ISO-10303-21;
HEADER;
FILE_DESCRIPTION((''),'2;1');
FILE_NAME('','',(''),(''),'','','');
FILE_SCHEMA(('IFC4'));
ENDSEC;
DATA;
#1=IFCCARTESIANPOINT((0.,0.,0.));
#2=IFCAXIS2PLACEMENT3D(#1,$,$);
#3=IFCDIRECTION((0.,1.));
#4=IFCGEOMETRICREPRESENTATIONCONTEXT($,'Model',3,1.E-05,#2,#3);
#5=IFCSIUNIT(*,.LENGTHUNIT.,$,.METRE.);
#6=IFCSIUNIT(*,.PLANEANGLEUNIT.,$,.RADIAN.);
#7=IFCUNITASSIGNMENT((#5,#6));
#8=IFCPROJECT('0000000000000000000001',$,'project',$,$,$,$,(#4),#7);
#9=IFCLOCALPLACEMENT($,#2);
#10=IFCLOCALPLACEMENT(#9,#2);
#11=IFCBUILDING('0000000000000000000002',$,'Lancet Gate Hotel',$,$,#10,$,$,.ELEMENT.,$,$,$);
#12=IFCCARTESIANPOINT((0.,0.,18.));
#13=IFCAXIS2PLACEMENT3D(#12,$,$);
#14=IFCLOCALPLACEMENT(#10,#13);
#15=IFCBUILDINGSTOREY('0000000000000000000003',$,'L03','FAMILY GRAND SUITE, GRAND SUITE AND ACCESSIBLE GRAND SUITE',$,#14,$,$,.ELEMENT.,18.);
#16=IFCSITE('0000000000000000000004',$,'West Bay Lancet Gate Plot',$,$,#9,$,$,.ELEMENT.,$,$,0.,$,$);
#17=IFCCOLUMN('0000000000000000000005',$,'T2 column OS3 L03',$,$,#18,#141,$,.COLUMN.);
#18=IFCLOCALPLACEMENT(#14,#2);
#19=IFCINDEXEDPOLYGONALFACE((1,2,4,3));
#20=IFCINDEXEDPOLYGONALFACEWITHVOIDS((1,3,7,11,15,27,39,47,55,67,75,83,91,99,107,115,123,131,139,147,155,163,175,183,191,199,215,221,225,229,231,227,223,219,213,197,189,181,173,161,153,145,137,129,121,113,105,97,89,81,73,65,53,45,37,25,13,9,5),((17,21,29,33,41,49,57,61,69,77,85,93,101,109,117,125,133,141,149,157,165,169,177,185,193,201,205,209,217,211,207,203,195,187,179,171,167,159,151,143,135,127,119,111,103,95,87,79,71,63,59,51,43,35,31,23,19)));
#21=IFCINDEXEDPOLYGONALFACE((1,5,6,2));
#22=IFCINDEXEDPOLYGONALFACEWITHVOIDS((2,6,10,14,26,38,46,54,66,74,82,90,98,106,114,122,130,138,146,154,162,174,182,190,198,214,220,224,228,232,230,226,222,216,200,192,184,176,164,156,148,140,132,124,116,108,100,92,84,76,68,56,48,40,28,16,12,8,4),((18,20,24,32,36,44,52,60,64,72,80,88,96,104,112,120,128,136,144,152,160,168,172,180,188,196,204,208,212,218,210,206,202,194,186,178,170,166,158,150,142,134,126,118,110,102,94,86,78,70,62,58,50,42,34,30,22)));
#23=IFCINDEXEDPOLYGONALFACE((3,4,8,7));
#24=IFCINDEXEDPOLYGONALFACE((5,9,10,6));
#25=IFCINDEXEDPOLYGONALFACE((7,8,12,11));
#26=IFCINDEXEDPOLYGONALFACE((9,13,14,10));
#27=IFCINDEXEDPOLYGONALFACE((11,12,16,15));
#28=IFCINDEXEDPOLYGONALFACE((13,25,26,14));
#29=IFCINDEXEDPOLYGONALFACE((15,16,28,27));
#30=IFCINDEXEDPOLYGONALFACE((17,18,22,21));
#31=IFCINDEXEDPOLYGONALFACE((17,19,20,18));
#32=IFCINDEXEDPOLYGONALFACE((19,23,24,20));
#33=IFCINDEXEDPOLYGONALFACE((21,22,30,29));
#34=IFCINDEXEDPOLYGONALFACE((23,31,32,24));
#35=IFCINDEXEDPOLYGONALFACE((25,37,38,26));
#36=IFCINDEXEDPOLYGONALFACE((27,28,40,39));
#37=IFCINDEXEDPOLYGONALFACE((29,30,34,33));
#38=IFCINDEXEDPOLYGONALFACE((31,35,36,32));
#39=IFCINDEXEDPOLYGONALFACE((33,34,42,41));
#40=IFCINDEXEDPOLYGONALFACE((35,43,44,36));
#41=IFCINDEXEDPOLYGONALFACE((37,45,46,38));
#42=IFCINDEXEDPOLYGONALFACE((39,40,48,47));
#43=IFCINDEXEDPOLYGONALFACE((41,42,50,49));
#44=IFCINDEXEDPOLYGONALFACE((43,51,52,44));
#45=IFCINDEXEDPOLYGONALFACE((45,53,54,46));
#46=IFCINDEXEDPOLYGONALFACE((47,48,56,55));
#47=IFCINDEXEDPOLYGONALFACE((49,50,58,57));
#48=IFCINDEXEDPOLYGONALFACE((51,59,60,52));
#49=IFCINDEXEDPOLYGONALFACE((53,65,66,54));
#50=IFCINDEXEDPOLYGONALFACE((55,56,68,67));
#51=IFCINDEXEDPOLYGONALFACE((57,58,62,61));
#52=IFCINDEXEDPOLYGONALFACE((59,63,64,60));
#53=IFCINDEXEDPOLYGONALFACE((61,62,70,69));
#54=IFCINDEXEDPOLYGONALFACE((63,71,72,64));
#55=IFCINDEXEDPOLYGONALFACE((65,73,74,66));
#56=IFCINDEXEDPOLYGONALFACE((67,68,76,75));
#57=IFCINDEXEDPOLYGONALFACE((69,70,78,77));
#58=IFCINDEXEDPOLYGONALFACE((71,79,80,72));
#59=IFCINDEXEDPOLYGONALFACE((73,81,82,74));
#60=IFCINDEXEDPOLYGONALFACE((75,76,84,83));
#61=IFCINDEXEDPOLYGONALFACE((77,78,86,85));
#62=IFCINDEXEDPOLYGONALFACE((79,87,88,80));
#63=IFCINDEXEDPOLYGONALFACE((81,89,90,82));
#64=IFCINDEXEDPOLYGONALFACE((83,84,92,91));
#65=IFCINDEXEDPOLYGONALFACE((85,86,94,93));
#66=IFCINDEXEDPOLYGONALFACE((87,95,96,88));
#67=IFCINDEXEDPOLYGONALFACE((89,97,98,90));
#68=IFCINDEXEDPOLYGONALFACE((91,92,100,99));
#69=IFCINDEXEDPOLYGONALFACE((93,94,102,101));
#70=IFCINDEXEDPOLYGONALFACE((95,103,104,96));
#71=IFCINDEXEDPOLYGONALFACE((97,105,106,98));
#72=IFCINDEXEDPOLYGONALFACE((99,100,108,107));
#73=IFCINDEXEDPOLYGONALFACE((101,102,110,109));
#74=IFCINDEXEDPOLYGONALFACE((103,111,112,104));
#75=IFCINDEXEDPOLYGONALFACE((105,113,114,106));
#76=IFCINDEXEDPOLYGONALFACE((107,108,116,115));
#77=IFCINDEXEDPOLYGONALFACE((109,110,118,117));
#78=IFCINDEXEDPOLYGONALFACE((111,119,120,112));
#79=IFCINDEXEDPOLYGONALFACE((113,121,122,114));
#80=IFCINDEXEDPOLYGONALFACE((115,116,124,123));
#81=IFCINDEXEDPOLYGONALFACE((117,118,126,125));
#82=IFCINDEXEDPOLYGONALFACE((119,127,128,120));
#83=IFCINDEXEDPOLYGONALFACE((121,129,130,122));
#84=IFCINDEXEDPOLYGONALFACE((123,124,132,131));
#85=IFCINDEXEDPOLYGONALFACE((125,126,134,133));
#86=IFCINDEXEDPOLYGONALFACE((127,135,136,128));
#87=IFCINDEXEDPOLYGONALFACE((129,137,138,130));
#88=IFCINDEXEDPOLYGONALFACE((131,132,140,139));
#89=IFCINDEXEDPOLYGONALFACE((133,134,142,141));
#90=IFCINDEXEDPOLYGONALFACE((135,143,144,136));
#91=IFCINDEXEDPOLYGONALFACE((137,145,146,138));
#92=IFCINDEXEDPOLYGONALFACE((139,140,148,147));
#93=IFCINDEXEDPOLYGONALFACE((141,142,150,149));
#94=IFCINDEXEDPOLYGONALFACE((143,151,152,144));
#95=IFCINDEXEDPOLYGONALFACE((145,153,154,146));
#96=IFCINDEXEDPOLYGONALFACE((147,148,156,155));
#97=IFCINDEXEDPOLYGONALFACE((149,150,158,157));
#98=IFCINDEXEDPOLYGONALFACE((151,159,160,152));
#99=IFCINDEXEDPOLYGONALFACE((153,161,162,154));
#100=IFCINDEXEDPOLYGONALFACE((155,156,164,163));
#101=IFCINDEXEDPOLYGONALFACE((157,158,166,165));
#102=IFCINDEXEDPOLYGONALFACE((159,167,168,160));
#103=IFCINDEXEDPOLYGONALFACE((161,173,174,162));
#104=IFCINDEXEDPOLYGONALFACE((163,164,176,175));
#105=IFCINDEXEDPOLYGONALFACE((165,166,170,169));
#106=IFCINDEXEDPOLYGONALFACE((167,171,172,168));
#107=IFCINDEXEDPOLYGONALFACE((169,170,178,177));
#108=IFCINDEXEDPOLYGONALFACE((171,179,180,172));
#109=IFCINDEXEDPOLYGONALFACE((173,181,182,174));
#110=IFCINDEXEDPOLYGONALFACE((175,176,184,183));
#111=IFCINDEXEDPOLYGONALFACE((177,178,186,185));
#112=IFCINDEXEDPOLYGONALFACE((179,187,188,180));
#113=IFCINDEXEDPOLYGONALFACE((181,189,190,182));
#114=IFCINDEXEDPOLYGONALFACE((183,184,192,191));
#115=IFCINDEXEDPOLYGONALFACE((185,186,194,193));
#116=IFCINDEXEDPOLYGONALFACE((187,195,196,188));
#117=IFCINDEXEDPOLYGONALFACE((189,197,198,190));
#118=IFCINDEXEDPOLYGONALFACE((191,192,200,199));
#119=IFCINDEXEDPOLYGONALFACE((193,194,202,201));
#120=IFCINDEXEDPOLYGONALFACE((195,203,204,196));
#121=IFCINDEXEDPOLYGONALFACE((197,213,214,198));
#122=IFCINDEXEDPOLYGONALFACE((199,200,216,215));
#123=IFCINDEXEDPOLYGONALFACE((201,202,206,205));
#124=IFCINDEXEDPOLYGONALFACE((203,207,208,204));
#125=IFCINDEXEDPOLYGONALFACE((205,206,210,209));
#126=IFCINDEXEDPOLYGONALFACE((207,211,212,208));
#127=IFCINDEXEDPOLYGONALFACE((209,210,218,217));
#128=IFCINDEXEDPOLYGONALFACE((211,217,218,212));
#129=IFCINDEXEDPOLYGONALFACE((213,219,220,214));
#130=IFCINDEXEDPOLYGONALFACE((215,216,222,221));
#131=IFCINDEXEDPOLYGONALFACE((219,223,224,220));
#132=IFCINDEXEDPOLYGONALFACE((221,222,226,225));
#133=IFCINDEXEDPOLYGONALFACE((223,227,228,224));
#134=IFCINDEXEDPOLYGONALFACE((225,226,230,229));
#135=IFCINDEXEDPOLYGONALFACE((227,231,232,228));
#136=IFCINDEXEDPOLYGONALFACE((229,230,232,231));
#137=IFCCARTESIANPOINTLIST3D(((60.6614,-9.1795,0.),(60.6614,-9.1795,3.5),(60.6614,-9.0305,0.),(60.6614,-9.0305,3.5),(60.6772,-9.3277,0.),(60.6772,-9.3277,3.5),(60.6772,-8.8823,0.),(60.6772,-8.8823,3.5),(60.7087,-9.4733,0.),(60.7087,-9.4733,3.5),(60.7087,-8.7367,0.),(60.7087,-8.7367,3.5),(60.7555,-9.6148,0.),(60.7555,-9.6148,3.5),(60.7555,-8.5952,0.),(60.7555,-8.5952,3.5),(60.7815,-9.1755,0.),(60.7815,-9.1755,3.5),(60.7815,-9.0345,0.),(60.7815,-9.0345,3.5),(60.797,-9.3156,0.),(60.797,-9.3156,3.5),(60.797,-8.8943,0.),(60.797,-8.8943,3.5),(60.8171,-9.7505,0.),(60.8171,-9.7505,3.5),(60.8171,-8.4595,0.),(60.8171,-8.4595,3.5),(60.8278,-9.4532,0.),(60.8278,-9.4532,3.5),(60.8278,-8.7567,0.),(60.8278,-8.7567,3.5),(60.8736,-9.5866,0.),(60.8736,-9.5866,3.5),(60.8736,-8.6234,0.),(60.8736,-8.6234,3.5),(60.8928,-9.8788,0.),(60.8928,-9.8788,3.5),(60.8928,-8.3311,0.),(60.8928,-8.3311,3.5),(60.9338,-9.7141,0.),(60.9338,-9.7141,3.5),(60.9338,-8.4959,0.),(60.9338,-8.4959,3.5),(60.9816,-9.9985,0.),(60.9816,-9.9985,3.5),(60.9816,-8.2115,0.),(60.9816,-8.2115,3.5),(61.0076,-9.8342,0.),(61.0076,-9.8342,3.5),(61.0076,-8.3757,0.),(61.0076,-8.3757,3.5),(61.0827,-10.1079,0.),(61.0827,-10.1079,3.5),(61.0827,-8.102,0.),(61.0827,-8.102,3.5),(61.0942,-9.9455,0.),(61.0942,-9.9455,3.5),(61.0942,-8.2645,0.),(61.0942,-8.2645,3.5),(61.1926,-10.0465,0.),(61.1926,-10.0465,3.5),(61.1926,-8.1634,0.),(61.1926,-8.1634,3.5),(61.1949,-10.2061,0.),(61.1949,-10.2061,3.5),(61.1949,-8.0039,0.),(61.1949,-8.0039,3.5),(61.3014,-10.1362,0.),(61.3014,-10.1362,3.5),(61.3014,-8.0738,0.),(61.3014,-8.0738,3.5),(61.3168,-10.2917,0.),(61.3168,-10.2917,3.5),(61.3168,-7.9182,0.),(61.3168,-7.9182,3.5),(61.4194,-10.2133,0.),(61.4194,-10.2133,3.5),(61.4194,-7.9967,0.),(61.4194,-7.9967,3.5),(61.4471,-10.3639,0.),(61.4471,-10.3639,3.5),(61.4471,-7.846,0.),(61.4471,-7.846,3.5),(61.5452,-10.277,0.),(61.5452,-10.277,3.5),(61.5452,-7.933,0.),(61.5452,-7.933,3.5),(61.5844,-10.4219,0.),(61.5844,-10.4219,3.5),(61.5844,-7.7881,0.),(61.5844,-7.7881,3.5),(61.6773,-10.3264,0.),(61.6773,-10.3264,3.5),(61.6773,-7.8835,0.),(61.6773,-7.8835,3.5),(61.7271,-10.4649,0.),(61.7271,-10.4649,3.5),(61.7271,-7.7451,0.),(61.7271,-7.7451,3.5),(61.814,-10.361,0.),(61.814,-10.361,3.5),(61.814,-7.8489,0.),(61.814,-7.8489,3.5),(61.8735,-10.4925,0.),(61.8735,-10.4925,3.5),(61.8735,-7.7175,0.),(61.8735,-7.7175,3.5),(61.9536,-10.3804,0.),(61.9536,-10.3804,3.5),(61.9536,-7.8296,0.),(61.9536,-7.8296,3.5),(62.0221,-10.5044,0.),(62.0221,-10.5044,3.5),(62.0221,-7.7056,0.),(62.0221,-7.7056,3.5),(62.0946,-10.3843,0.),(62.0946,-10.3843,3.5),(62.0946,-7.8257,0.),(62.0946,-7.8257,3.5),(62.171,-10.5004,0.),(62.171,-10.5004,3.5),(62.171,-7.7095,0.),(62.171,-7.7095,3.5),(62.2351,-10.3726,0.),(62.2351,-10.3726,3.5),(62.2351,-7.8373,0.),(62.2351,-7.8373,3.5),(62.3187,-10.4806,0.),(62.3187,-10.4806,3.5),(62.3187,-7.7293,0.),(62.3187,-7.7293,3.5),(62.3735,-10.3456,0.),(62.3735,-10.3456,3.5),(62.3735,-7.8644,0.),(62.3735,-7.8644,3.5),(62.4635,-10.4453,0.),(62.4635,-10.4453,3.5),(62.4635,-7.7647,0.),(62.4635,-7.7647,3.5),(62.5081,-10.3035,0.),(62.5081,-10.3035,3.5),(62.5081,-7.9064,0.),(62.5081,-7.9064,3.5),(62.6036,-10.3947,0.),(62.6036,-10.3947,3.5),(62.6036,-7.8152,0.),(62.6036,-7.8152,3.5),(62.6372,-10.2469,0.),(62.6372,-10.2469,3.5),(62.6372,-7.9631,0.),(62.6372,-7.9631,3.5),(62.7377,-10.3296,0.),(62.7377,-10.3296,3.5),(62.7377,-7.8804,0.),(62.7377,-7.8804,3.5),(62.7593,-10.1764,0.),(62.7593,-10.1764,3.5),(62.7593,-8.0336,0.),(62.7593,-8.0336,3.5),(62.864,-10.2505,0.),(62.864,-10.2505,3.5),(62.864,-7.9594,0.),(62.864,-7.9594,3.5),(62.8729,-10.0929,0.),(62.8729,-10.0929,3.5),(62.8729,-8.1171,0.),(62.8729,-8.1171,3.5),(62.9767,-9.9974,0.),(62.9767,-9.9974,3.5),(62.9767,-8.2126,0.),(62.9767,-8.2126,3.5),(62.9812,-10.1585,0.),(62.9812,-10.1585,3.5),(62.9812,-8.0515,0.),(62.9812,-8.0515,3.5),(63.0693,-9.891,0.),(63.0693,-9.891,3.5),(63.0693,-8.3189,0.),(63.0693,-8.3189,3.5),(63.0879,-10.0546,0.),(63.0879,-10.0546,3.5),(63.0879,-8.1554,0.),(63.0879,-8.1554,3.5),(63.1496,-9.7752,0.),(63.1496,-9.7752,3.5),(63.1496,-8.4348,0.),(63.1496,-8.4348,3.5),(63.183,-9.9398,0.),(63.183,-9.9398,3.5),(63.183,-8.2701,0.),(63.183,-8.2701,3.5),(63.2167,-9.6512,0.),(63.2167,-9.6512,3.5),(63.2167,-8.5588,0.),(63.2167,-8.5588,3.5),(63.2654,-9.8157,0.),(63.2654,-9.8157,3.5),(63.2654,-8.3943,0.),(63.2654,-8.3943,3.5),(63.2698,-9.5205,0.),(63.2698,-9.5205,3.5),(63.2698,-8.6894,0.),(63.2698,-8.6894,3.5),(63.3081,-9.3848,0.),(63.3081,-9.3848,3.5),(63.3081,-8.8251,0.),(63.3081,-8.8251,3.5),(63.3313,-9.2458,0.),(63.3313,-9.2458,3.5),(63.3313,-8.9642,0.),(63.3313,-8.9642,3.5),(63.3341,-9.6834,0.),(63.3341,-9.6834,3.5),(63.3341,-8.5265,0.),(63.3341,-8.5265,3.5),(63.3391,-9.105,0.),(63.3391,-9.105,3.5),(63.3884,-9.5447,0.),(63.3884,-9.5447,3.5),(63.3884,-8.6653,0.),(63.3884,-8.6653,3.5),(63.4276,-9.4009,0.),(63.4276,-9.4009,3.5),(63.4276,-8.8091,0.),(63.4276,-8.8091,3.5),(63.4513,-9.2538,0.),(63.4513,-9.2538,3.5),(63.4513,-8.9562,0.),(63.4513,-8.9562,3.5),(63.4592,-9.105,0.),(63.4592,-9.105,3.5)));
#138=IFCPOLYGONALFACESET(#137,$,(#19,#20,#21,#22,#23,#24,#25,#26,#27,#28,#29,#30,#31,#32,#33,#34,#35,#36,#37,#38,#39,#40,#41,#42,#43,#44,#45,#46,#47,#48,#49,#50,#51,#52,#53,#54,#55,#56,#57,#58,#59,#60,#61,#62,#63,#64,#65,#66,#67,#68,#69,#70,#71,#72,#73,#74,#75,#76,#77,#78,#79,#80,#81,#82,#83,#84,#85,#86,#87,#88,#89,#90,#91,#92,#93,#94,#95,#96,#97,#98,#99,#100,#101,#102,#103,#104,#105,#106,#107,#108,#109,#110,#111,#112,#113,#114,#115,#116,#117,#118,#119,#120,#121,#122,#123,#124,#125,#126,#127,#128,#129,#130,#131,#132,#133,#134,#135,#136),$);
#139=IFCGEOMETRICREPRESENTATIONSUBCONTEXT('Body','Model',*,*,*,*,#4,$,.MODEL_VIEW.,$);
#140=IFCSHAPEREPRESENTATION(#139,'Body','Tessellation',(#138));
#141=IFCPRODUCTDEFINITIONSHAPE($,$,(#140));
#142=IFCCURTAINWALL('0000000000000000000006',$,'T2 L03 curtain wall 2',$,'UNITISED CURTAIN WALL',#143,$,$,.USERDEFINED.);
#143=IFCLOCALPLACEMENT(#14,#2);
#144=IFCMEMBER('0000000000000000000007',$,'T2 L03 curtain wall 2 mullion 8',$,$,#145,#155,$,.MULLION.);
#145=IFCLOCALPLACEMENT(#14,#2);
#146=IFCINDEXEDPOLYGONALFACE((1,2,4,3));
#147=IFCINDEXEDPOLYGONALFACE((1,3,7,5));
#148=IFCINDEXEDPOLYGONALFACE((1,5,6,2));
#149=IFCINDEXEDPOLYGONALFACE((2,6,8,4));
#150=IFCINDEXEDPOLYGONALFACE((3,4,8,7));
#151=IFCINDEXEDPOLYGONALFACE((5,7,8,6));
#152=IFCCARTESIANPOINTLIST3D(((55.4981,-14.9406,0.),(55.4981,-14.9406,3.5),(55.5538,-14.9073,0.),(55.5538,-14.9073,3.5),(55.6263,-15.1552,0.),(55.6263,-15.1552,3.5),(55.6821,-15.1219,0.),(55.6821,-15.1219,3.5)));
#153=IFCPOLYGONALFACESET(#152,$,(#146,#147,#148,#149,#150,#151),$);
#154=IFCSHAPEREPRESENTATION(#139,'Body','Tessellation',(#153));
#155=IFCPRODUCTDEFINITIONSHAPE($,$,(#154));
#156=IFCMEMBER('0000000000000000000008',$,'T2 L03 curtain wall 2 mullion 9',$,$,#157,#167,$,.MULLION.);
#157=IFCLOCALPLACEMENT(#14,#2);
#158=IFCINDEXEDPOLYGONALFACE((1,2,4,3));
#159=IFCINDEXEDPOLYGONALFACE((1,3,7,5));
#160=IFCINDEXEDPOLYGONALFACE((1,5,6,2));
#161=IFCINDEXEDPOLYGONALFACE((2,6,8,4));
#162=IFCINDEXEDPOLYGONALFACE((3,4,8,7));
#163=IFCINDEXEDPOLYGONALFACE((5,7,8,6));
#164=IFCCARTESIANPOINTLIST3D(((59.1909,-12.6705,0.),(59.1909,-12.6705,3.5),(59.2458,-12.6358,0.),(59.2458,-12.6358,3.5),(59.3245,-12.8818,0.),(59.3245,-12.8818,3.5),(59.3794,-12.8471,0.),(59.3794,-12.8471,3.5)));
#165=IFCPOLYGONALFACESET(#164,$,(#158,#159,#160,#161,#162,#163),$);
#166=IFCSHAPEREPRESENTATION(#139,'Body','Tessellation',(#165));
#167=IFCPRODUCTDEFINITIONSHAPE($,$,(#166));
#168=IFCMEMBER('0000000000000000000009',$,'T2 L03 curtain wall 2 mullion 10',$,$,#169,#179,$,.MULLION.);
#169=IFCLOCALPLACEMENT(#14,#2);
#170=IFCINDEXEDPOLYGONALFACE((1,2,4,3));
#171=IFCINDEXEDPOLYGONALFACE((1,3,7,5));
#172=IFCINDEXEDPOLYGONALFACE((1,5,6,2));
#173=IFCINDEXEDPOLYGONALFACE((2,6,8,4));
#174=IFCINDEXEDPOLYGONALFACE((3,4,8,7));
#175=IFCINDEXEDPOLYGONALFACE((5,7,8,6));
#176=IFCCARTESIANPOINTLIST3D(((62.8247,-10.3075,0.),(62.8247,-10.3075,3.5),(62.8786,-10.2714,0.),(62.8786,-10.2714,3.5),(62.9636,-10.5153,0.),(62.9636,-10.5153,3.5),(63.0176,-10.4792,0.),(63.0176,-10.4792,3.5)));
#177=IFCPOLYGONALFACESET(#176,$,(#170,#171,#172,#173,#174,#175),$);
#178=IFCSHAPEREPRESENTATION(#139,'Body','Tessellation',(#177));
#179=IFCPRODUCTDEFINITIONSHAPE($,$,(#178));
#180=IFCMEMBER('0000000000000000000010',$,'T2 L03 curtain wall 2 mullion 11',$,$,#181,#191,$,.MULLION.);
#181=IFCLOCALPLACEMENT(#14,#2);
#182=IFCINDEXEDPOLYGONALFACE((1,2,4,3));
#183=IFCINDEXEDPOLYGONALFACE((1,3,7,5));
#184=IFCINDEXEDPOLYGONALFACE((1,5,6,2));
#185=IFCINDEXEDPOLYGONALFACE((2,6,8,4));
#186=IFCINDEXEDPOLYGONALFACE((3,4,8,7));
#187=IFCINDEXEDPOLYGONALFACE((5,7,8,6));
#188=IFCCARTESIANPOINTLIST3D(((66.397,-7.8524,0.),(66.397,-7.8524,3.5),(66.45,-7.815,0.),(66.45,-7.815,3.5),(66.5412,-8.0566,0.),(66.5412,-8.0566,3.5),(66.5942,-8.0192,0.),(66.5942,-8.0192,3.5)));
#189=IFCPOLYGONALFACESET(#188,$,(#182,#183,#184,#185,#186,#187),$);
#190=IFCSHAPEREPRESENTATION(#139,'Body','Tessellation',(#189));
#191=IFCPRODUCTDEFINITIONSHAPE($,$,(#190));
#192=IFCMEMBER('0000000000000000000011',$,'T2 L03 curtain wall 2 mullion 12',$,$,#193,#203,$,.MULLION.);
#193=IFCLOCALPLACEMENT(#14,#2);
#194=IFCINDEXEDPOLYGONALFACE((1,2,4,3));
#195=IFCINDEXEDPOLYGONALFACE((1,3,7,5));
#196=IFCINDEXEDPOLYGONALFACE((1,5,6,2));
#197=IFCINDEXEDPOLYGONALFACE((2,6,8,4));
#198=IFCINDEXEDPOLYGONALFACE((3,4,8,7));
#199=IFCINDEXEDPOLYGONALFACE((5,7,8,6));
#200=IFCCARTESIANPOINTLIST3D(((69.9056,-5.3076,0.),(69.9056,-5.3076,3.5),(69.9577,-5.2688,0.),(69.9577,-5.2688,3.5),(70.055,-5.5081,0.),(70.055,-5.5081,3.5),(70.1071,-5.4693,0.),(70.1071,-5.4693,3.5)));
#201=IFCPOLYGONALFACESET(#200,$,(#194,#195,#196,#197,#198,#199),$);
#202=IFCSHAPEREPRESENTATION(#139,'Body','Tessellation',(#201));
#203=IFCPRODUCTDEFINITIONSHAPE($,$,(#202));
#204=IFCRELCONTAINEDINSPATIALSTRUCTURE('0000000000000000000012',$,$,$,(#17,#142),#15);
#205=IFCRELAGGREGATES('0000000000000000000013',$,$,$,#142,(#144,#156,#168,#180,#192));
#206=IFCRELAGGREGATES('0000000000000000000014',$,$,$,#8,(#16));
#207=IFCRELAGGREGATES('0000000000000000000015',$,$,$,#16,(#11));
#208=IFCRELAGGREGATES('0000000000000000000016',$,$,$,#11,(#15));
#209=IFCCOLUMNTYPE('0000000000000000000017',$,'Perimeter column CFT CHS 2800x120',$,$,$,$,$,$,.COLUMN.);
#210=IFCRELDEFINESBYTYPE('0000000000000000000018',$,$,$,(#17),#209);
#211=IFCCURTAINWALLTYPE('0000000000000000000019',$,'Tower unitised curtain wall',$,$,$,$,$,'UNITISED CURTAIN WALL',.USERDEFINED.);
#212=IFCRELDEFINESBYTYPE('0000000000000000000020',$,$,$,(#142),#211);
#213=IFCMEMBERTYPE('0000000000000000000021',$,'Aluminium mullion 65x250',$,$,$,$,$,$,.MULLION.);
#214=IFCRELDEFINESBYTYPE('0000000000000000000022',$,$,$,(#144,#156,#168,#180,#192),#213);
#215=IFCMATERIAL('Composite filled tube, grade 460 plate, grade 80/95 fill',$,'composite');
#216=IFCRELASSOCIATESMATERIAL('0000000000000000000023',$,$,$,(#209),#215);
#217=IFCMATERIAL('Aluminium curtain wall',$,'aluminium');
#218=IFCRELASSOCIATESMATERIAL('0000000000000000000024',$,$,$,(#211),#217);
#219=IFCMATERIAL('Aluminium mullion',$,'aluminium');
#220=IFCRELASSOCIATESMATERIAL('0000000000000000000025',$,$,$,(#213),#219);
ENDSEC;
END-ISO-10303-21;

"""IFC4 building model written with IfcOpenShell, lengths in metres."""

from ifc_helpers import new_model, si_unit, direction, frame, origin, origin_2d, place, context, subcontext, project, spatial, rectangle, hollow_circle, extrude, material, material_profile, profile_set, type_object, element, aggregate, save


model = new_model("IFC4")

# Units and contexts
model_context = context("Model", 3, precision=1e-05, world=origin(), true_north=direction((0.0, 1.0)))
body_context = subcontext(model_context, "Body", "Model", "MODEL_VIEW")
ifc_project = project(units=[si_unit("LENGTHUNIT", "METRE"), si_unit("PLANEANGLEUNIT", "RADIAN")], contexts=[model_context])

# Site, building, storey
site_placement = place(None, origin())
site = spatial("IfcSite", under=ifc_project, at=site_placement, Name="West Bay Lancet Gate Plot", CompositionType="ELEMENT", RefElevation=0.0)
building_placement = place(site_placement, origin())
building = spatial("IfcBuilding", under=site, at=building_placement, Name="Lancet Gate Hotel", CompositionType="ELEMENT")
storey_placement = place(building_placement, frame((0.0, 0.0, 18.0)))
storey = spatial("IfcBuildingStorey", under=building, at=storey_placement, Name="L03", Description="FAMILY GRAND SUITE, GRAND SUITE AND ACCESSIBLE GRAND SUITE", CompositionType="ELEMENT", Elevation=18.0)

# Column
ifc_material_1 = material(Name="Composite filled tube, grade 460 plate, grade 80/95 fill", Category="composite")
ifc_material_profile_1 = material_profile(ifc_material_1, hollow_circle(Radius=1.3999, WallThickness=0.1201, at=origin_2d()), Name="CHS 2800x120")
ifc_profile_set_1 = profile_set([ifc_material_profile_1], Name="Composite filled tube, grade 460 plate, grade 80/95 fill")
column_type = type_object("IfcColumnType", Name="Perimeter column CFT CHS 2800x120", PredefinedType="COLUMN", material=ifc_profile_set_1)
for number, where, z_axis, x_axis, name in (
    (1, (62.0593, -9.105, 0.0), (0.0, 0.0, 1.0), (1.0, 0.0, 0.0), "T2 column OS3 L03"),
):
    element("IfcColumn", number, at=place(storey_placement, frame(where, z_axis=z_axis, x_axis=x_axis)), inside=storey, type_object=column_type, Name=name, PredefinedType="COLUMN", context=body_context, shape_type="SweptSolid", body=[
        extrude(hollow_circle(Radius=1.3999, WallThickness=0.1201, at=origin_2d()), origin(), (0.0, 0.0, 1.0), 3.5),
    ])

# Curtain wall, members
ifc_material_2 = material(Name="Aluminium curtain wall", Category="aluminium")
curtain_wall_type = type_object("IfcCurtainWallType", Name="Tower unitised curtain wall", ElementType="UNITISED CURTAIN WALL", PredefinedType="USERDEFINED", material=ifc_material_2)
curtain_wall_placement = place(storey_placement, origin())
curtain_wall = element("IfcCurtainWall", 2, at=curtain_wall_placement, inside=storey, type_object=curtain_wall_type, Name="T2 L03 curtain wall 2", ObjectType="UNITISED CURTAIN WALL", PredefinedType="USERDEFINED")
ifc_material_3 = material(Name="Aluminium mullion", Category="aluminium")
ifc_material_profile_2 = material_profile(ifc_material_3, rectangle(XDim=0.0649, YDim=0.25, at=origin_2d()), Name="MULLION 65x250")
ifc_profile_set_2 = profile_set([ifc_material_profile_2], Name="Aluminium mullion")
member_type_1 = type_object("IfcMemberType", Name="Aluminium mullion 65x250", PredefinedType="MULLION", material=ifc_profile_set_2)
member_1_placement = place(storey_placement, frame((55.5901, -15.0312, 0.0), z_axis=(0.0, 0.0, 1.0), x_axis=(0.858413, 0.512959, 0.0)))
member_1 = element("IfcMember", 3, at=member_1_placement, type_object=member_type_1, Name="T2 L03 curtain wall 2 mullion 8", PredefinedType="MULLION", context=body_context, shape_type="SweptSolid", body=[
    extrude(rectangle(XDim=0.0649, YDim=0.25, at=origin_2d()), origin(), (0.0, 0.0, 1.0), 3.5),
])
member_2_placement = place(storey_placement, frame((59.2852, -12.7588, 0.0), z_axis=(0.0, 0.0, 1.0), x_axis=(0.845079, 0.534641, 0.0)))
member_2 = element("IfcMember", 4, at=member_2_placement, type_object=member_type_1, Name="T2 L03 curtain wall 2 mullion 9", PredefinedType="MULLION", context=body_context, shape_type="SweptSolid", body=[
    extrude(rectangle(XDim=0.0649, YDim=0.25, at=origin_2d()), origin(), (0.0, 0.0, 1.0), 3.5),
])
member_3_placement = place(storey_placement, frame((62.9211, -10.3933, 0.0), z_axis=(0.0, 0.0, 1.0), x_axis=(0.831198, 0.555976, 0.0)))
member_3 = element("IfcMember", 5, at=member_3_placement, type_object=member_type_1, Name="T2 L03 curtain wall 2 mullion 10", PredefinedType="MULLION", context=body_context, shape_type="SweptSolid", body=[
    extrude(rectangle(XDim=0.0649, YDim=0.25, at=origin_2d()), origin(), (0.0, 0.0, 1.0), 3.5),
])
member_4_placement = place(storey_placement, frame((66.4956, -7.9358, 0.0), z_axis=(0.0, 0.0, 1.0), x_axis=(0.816779, 0.576951, 0.0)))
member_4 = element("IfcMember", 6, at=member_4_placement, type_object=member_type_1, Name="T2 L03 curtain wall 2 mullion 11", PredefinedType="MULLION", context=body_context, shape_type="SweptSolid", body=[
    extrude(rectangle(XDim=0.0649, YDim=0.25, at=origin_2d()), origin(), (0.0, 0.0, 1.0), 3.5),
])
member_5_placement = place(storey_placement, frame((70.0063, -5.3884, 0.0), z_axis=(0.0, 0.0, 1.0), x_axis=(0.80183, 0.597552, 0.0)))
member_5 = element("IfcMember", 7, at=member_5_placement, type_object=member_type_1, Name="T2 L03 curtain wall 2 mullion 12", PredefinedType="MULLION", context=body_context, shape_type="SweptSolid", body=[
    extrude(rectangle(XDim=0.0649, YDim=0.25, at=origin_2d()), origin(), (0.0, 0.0, 1.0), 3.5),
])

aggregate(curtain_wall, [member_1, member_2, member_3, member_4, member_5])

save(model, "model.ifc")
